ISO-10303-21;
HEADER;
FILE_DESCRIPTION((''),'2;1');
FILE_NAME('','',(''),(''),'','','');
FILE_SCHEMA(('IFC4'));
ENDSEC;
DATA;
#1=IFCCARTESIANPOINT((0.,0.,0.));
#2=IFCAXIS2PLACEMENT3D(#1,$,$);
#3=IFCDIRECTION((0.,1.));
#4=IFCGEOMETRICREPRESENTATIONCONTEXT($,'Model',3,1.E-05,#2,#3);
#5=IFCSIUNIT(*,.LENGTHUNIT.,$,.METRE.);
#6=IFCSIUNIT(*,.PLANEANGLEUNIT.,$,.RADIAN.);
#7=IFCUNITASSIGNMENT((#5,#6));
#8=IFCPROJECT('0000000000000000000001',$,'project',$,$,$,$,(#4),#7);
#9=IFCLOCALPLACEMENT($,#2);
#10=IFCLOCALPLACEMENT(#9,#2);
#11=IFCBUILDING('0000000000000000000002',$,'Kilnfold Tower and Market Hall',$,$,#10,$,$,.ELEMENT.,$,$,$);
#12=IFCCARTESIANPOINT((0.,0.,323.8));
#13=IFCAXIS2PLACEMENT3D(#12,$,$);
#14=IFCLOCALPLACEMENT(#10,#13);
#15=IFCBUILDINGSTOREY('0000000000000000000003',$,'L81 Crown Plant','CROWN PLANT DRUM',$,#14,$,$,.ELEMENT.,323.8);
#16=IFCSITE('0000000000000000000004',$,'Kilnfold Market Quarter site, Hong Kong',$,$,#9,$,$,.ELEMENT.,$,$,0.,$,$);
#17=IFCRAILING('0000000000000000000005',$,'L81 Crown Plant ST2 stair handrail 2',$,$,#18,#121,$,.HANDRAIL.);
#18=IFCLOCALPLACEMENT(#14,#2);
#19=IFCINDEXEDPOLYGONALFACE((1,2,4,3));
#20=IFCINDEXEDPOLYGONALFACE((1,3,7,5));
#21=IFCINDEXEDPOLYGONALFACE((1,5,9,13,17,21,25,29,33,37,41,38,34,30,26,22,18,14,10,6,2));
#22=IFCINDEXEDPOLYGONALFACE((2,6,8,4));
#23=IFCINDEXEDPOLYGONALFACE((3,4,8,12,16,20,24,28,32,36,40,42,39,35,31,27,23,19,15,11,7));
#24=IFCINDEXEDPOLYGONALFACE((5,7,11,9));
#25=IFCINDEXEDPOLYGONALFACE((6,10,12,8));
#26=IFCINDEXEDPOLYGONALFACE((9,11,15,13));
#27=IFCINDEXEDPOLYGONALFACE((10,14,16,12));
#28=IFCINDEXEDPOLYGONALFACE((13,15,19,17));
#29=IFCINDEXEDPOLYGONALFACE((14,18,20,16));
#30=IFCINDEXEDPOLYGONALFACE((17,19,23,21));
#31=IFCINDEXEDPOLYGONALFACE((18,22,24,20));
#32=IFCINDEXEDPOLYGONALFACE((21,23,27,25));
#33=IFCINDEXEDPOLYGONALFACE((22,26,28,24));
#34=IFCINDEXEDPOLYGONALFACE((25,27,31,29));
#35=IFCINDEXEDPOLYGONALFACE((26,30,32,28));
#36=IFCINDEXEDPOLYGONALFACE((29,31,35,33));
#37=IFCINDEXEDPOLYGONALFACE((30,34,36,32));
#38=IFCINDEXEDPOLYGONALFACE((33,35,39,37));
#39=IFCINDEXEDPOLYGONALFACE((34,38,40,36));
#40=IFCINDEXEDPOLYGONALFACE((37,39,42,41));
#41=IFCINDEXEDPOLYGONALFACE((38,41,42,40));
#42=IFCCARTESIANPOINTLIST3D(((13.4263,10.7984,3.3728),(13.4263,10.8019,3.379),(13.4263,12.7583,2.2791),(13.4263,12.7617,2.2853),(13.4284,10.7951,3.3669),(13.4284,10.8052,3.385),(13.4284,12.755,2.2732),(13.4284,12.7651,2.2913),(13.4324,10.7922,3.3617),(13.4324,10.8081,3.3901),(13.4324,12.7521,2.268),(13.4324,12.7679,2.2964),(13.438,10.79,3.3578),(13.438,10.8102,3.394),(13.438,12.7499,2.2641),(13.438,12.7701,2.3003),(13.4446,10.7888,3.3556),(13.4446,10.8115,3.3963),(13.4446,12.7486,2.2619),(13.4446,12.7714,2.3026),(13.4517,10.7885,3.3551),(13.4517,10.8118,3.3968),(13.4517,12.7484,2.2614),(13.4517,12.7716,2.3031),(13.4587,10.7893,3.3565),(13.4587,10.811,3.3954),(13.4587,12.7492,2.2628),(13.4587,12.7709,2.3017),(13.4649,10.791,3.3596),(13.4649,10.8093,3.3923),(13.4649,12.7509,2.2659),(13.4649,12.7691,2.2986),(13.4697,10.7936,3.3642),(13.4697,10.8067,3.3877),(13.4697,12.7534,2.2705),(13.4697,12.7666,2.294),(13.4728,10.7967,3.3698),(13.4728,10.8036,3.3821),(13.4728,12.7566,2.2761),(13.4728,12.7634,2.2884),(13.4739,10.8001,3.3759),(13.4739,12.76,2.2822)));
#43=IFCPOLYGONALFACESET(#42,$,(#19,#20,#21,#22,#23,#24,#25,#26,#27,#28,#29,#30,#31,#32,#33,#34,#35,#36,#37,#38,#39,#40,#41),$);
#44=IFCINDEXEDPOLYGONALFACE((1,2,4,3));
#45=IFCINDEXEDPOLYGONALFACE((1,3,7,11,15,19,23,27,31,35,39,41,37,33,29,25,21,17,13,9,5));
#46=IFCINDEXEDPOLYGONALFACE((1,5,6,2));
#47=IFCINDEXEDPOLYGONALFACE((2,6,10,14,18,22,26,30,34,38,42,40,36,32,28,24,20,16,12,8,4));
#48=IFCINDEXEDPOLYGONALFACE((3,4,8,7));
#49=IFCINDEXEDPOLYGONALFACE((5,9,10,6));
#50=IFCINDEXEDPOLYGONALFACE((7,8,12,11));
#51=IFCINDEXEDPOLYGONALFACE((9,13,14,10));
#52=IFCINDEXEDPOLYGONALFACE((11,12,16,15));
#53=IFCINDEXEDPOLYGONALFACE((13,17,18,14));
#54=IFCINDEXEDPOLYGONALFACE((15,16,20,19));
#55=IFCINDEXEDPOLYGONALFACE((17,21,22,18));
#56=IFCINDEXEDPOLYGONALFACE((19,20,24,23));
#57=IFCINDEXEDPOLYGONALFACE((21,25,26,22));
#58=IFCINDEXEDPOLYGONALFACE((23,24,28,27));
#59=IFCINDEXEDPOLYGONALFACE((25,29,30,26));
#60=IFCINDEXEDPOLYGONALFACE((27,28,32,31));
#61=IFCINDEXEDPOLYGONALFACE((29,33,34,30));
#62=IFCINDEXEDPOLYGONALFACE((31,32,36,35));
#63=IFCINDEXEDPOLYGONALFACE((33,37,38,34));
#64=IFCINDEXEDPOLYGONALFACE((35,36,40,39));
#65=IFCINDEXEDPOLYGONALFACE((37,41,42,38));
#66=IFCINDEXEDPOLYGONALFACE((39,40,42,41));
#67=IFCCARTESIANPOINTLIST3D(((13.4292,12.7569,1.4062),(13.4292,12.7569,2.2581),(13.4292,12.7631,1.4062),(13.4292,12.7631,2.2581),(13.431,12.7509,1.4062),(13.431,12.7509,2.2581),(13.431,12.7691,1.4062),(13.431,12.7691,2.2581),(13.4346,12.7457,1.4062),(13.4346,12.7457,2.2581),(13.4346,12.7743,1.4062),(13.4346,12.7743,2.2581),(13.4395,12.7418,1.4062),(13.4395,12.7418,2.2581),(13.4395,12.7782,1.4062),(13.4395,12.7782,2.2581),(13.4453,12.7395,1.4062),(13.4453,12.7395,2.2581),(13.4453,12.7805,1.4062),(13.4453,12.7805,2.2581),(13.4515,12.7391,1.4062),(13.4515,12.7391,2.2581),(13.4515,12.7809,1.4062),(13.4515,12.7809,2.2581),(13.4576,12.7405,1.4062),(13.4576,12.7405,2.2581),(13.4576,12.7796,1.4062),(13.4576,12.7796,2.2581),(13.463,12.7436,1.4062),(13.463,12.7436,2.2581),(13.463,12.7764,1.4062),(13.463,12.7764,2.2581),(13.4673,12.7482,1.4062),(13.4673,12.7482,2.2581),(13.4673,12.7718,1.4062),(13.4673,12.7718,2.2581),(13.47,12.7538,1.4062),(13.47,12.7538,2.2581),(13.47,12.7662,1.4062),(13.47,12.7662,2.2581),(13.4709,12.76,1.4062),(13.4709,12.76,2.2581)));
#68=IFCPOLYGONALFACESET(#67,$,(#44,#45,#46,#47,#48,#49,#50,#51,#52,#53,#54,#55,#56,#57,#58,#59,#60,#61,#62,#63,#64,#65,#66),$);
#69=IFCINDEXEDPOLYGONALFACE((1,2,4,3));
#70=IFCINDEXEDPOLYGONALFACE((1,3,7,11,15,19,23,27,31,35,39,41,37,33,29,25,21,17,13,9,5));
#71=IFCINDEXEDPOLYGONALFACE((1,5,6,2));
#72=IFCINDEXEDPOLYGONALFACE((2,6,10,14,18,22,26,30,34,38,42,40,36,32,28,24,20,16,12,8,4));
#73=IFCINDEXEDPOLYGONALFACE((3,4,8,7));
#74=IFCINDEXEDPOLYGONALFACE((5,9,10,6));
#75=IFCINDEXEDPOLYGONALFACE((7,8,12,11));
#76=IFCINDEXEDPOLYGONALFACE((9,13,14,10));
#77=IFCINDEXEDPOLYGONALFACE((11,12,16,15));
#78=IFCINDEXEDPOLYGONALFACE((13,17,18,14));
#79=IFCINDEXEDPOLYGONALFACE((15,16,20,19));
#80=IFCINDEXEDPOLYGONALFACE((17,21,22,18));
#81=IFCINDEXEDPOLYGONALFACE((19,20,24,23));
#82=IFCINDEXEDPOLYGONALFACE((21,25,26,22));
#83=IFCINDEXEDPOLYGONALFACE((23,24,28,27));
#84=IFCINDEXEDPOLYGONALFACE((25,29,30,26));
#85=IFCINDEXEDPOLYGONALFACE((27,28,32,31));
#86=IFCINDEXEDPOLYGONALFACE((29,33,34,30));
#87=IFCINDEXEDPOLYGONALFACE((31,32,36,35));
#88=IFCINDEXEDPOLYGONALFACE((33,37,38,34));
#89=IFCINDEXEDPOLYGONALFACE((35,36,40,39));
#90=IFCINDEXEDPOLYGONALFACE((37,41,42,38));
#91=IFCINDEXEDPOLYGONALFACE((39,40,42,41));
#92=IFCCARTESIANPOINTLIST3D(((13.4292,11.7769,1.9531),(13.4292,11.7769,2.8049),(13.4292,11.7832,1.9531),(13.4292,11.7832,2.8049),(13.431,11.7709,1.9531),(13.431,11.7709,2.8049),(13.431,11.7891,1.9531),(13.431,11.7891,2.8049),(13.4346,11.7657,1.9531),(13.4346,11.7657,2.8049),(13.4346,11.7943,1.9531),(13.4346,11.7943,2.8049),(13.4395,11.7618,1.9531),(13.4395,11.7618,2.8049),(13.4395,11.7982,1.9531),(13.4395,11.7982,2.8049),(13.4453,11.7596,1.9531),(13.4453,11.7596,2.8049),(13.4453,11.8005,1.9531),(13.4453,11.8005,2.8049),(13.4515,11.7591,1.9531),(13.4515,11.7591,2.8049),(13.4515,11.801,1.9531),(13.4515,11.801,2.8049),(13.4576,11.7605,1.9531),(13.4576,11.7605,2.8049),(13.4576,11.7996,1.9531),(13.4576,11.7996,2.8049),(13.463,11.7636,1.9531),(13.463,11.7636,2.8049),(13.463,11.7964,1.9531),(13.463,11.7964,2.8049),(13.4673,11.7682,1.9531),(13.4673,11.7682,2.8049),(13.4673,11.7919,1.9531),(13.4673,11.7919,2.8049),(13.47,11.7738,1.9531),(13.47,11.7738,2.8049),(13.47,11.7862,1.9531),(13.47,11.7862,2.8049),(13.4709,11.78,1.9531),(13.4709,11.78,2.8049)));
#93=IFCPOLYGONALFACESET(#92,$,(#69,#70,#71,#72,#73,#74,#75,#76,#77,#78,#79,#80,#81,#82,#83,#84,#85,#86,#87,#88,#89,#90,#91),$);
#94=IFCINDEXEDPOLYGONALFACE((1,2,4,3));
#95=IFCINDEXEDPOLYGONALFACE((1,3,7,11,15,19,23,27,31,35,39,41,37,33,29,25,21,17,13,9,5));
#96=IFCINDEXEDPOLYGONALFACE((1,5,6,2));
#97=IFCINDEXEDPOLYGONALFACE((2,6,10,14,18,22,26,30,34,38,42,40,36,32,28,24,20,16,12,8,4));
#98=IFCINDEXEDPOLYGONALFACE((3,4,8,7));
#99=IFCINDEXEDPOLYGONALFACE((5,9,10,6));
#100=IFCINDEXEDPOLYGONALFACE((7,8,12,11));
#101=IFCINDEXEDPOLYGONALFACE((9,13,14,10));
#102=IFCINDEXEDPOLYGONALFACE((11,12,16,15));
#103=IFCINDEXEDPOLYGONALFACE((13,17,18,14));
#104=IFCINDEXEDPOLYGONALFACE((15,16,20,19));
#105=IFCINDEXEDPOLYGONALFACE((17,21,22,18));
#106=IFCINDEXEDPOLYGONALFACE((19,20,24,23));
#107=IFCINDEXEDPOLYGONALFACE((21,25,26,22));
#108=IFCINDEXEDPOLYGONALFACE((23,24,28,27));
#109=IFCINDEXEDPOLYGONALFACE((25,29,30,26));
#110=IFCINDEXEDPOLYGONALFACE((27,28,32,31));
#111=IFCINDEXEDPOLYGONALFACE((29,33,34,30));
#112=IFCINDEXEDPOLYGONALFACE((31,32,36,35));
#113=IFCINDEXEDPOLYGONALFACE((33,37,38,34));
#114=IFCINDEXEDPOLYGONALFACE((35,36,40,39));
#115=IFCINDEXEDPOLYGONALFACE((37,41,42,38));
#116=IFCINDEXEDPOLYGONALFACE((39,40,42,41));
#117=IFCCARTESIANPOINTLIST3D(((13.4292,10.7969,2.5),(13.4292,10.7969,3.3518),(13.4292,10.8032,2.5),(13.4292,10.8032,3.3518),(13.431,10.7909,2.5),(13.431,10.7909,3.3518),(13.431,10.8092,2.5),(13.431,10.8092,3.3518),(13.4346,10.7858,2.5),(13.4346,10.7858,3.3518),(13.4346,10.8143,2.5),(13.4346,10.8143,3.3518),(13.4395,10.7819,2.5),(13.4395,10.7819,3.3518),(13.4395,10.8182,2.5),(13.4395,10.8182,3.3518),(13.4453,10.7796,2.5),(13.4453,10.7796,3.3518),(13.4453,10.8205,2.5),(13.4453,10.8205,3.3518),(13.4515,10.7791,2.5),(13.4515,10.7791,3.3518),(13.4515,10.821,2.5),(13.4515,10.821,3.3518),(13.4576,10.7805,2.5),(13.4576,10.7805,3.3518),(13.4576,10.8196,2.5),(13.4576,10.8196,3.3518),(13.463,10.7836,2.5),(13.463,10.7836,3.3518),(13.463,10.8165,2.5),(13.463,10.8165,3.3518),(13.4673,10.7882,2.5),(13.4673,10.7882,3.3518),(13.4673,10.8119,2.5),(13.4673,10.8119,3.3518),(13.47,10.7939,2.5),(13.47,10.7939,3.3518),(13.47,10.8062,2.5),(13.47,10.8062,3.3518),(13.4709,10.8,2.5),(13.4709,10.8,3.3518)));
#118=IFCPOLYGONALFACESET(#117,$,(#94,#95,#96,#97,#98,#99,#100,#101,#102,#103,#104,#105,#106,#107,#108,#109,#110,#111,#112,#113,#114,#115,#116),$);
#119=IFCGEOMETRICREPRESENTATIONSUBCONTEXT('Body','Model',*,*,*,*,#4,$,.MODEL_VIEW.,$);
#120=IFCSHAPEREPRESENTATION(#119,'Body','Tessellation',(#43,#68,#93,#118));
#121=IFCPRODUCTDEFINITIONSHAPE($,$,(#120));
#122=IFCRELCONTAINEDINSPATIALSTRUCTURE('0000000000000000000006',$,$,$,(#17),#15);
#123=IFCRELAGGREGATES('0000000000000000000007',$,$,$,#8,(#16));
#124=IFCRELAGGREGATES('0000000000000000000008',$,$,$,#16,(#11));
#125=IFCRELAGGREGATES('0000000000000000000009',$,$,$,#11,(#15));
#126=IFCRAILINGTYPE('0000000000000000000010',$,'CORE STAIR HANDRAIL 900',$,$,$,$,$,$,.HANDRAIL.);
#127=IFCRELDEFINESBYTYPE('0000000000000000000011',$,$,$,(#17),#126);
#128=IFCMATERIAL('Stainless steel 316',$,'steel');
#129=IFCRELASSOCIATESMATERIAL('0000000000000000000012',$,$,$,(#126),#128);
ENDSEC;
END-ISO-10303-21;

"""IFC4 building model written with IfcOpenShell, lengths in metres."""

from ifc_helpers import new_model, si_unit, direction, frame, origin, origin_2d, place, context, subcontext, project, spatial, circle, extrude, material, type_object, element, save


model = new_model("IFC4")

# Units and contexts
model_context = context("Model", 3, precision=1e-05, world=origin(), true_north=direction((0.0, 1.0)))
body_context = subcontext(model_context, "Body", "Model", "MODEL_VIEW")
ifc_project = project(units=[si_unit("LENGTHUNIT", "METRE"), si_unit("PLANEANGLEUNIT", "RADIAN")], contexts=[model_context])

# Site, building, storey
site_placement = place(None, origin())
site = spatial("IfcSite", under=ifc_project, at=site_placement, Name="Kilnfold Market Quarter site, Hong Kong", CompositionType="ELEMENT", RefElevation=0.0)
building_placement = place(site_placement, origin())
building = spatial("IfcBuilding", under=site, at=building_placement, Name="Kilnfold Tower and Market Hall", CompositionType="ELEMENT")
storey_placement = place(building_placement, frame((0.0, 0.0, 323.8)))
storey = spatial("IfcBuildingStorey", under=building, at=storey_placement, Name="L81 Crown Plant", Description="CROWN PLANT DRUM", CompositionType="ELEMENT", Elevation=323.8)

# Railing
ifc_material_1 = material(Name="Stainless steel 316", Category="steel")
railing_type_1 = type_object("IfcRailingType", Name="CORE STAIR HANDRAIL 900", PredefinedType="HANDRAIL", material=ifc_material_1)
railing_1_placement = place(storey_placement, frame((13.45, 12.76, 1.4062)))
element("IfcRailing", 1, at=railing_1_placement, inside=storey, type_object=railing_type_1, Name="L81 Crown Plant ST2 stair handrail 2", PredefinedType="HANDRAIL", context=body_context, shape_type="SweptSolid", body=[
    extrude(circle(Radius=0.0239, at=origin_2d()), frame((0.0, 0.0, 0.876), z_axis=(0.0, -0.873232, 0.487304), x_axis=(1.0, 0.0, 0.0)), (0.0, 0.0, 1.0), 2.2444),
    extrude(circle(Radius=0.021, at=origin_2d()), origin(), (0.0, 0.0, 1.0), 0.8518),
    extrude(circle(Radius=0.021, at=origin_2d()), frame((0.0, -0.98, 0.5469)), (0.0, 0.0, 1.0), 0.8518),
    extrude(circle(Radius=0.021, at=origin_2d()), frame((0.0, -1.96, 1.0938)), (0.0, 0.0, 1.0), 0.8518),
])

save(model, "model.ifc")
